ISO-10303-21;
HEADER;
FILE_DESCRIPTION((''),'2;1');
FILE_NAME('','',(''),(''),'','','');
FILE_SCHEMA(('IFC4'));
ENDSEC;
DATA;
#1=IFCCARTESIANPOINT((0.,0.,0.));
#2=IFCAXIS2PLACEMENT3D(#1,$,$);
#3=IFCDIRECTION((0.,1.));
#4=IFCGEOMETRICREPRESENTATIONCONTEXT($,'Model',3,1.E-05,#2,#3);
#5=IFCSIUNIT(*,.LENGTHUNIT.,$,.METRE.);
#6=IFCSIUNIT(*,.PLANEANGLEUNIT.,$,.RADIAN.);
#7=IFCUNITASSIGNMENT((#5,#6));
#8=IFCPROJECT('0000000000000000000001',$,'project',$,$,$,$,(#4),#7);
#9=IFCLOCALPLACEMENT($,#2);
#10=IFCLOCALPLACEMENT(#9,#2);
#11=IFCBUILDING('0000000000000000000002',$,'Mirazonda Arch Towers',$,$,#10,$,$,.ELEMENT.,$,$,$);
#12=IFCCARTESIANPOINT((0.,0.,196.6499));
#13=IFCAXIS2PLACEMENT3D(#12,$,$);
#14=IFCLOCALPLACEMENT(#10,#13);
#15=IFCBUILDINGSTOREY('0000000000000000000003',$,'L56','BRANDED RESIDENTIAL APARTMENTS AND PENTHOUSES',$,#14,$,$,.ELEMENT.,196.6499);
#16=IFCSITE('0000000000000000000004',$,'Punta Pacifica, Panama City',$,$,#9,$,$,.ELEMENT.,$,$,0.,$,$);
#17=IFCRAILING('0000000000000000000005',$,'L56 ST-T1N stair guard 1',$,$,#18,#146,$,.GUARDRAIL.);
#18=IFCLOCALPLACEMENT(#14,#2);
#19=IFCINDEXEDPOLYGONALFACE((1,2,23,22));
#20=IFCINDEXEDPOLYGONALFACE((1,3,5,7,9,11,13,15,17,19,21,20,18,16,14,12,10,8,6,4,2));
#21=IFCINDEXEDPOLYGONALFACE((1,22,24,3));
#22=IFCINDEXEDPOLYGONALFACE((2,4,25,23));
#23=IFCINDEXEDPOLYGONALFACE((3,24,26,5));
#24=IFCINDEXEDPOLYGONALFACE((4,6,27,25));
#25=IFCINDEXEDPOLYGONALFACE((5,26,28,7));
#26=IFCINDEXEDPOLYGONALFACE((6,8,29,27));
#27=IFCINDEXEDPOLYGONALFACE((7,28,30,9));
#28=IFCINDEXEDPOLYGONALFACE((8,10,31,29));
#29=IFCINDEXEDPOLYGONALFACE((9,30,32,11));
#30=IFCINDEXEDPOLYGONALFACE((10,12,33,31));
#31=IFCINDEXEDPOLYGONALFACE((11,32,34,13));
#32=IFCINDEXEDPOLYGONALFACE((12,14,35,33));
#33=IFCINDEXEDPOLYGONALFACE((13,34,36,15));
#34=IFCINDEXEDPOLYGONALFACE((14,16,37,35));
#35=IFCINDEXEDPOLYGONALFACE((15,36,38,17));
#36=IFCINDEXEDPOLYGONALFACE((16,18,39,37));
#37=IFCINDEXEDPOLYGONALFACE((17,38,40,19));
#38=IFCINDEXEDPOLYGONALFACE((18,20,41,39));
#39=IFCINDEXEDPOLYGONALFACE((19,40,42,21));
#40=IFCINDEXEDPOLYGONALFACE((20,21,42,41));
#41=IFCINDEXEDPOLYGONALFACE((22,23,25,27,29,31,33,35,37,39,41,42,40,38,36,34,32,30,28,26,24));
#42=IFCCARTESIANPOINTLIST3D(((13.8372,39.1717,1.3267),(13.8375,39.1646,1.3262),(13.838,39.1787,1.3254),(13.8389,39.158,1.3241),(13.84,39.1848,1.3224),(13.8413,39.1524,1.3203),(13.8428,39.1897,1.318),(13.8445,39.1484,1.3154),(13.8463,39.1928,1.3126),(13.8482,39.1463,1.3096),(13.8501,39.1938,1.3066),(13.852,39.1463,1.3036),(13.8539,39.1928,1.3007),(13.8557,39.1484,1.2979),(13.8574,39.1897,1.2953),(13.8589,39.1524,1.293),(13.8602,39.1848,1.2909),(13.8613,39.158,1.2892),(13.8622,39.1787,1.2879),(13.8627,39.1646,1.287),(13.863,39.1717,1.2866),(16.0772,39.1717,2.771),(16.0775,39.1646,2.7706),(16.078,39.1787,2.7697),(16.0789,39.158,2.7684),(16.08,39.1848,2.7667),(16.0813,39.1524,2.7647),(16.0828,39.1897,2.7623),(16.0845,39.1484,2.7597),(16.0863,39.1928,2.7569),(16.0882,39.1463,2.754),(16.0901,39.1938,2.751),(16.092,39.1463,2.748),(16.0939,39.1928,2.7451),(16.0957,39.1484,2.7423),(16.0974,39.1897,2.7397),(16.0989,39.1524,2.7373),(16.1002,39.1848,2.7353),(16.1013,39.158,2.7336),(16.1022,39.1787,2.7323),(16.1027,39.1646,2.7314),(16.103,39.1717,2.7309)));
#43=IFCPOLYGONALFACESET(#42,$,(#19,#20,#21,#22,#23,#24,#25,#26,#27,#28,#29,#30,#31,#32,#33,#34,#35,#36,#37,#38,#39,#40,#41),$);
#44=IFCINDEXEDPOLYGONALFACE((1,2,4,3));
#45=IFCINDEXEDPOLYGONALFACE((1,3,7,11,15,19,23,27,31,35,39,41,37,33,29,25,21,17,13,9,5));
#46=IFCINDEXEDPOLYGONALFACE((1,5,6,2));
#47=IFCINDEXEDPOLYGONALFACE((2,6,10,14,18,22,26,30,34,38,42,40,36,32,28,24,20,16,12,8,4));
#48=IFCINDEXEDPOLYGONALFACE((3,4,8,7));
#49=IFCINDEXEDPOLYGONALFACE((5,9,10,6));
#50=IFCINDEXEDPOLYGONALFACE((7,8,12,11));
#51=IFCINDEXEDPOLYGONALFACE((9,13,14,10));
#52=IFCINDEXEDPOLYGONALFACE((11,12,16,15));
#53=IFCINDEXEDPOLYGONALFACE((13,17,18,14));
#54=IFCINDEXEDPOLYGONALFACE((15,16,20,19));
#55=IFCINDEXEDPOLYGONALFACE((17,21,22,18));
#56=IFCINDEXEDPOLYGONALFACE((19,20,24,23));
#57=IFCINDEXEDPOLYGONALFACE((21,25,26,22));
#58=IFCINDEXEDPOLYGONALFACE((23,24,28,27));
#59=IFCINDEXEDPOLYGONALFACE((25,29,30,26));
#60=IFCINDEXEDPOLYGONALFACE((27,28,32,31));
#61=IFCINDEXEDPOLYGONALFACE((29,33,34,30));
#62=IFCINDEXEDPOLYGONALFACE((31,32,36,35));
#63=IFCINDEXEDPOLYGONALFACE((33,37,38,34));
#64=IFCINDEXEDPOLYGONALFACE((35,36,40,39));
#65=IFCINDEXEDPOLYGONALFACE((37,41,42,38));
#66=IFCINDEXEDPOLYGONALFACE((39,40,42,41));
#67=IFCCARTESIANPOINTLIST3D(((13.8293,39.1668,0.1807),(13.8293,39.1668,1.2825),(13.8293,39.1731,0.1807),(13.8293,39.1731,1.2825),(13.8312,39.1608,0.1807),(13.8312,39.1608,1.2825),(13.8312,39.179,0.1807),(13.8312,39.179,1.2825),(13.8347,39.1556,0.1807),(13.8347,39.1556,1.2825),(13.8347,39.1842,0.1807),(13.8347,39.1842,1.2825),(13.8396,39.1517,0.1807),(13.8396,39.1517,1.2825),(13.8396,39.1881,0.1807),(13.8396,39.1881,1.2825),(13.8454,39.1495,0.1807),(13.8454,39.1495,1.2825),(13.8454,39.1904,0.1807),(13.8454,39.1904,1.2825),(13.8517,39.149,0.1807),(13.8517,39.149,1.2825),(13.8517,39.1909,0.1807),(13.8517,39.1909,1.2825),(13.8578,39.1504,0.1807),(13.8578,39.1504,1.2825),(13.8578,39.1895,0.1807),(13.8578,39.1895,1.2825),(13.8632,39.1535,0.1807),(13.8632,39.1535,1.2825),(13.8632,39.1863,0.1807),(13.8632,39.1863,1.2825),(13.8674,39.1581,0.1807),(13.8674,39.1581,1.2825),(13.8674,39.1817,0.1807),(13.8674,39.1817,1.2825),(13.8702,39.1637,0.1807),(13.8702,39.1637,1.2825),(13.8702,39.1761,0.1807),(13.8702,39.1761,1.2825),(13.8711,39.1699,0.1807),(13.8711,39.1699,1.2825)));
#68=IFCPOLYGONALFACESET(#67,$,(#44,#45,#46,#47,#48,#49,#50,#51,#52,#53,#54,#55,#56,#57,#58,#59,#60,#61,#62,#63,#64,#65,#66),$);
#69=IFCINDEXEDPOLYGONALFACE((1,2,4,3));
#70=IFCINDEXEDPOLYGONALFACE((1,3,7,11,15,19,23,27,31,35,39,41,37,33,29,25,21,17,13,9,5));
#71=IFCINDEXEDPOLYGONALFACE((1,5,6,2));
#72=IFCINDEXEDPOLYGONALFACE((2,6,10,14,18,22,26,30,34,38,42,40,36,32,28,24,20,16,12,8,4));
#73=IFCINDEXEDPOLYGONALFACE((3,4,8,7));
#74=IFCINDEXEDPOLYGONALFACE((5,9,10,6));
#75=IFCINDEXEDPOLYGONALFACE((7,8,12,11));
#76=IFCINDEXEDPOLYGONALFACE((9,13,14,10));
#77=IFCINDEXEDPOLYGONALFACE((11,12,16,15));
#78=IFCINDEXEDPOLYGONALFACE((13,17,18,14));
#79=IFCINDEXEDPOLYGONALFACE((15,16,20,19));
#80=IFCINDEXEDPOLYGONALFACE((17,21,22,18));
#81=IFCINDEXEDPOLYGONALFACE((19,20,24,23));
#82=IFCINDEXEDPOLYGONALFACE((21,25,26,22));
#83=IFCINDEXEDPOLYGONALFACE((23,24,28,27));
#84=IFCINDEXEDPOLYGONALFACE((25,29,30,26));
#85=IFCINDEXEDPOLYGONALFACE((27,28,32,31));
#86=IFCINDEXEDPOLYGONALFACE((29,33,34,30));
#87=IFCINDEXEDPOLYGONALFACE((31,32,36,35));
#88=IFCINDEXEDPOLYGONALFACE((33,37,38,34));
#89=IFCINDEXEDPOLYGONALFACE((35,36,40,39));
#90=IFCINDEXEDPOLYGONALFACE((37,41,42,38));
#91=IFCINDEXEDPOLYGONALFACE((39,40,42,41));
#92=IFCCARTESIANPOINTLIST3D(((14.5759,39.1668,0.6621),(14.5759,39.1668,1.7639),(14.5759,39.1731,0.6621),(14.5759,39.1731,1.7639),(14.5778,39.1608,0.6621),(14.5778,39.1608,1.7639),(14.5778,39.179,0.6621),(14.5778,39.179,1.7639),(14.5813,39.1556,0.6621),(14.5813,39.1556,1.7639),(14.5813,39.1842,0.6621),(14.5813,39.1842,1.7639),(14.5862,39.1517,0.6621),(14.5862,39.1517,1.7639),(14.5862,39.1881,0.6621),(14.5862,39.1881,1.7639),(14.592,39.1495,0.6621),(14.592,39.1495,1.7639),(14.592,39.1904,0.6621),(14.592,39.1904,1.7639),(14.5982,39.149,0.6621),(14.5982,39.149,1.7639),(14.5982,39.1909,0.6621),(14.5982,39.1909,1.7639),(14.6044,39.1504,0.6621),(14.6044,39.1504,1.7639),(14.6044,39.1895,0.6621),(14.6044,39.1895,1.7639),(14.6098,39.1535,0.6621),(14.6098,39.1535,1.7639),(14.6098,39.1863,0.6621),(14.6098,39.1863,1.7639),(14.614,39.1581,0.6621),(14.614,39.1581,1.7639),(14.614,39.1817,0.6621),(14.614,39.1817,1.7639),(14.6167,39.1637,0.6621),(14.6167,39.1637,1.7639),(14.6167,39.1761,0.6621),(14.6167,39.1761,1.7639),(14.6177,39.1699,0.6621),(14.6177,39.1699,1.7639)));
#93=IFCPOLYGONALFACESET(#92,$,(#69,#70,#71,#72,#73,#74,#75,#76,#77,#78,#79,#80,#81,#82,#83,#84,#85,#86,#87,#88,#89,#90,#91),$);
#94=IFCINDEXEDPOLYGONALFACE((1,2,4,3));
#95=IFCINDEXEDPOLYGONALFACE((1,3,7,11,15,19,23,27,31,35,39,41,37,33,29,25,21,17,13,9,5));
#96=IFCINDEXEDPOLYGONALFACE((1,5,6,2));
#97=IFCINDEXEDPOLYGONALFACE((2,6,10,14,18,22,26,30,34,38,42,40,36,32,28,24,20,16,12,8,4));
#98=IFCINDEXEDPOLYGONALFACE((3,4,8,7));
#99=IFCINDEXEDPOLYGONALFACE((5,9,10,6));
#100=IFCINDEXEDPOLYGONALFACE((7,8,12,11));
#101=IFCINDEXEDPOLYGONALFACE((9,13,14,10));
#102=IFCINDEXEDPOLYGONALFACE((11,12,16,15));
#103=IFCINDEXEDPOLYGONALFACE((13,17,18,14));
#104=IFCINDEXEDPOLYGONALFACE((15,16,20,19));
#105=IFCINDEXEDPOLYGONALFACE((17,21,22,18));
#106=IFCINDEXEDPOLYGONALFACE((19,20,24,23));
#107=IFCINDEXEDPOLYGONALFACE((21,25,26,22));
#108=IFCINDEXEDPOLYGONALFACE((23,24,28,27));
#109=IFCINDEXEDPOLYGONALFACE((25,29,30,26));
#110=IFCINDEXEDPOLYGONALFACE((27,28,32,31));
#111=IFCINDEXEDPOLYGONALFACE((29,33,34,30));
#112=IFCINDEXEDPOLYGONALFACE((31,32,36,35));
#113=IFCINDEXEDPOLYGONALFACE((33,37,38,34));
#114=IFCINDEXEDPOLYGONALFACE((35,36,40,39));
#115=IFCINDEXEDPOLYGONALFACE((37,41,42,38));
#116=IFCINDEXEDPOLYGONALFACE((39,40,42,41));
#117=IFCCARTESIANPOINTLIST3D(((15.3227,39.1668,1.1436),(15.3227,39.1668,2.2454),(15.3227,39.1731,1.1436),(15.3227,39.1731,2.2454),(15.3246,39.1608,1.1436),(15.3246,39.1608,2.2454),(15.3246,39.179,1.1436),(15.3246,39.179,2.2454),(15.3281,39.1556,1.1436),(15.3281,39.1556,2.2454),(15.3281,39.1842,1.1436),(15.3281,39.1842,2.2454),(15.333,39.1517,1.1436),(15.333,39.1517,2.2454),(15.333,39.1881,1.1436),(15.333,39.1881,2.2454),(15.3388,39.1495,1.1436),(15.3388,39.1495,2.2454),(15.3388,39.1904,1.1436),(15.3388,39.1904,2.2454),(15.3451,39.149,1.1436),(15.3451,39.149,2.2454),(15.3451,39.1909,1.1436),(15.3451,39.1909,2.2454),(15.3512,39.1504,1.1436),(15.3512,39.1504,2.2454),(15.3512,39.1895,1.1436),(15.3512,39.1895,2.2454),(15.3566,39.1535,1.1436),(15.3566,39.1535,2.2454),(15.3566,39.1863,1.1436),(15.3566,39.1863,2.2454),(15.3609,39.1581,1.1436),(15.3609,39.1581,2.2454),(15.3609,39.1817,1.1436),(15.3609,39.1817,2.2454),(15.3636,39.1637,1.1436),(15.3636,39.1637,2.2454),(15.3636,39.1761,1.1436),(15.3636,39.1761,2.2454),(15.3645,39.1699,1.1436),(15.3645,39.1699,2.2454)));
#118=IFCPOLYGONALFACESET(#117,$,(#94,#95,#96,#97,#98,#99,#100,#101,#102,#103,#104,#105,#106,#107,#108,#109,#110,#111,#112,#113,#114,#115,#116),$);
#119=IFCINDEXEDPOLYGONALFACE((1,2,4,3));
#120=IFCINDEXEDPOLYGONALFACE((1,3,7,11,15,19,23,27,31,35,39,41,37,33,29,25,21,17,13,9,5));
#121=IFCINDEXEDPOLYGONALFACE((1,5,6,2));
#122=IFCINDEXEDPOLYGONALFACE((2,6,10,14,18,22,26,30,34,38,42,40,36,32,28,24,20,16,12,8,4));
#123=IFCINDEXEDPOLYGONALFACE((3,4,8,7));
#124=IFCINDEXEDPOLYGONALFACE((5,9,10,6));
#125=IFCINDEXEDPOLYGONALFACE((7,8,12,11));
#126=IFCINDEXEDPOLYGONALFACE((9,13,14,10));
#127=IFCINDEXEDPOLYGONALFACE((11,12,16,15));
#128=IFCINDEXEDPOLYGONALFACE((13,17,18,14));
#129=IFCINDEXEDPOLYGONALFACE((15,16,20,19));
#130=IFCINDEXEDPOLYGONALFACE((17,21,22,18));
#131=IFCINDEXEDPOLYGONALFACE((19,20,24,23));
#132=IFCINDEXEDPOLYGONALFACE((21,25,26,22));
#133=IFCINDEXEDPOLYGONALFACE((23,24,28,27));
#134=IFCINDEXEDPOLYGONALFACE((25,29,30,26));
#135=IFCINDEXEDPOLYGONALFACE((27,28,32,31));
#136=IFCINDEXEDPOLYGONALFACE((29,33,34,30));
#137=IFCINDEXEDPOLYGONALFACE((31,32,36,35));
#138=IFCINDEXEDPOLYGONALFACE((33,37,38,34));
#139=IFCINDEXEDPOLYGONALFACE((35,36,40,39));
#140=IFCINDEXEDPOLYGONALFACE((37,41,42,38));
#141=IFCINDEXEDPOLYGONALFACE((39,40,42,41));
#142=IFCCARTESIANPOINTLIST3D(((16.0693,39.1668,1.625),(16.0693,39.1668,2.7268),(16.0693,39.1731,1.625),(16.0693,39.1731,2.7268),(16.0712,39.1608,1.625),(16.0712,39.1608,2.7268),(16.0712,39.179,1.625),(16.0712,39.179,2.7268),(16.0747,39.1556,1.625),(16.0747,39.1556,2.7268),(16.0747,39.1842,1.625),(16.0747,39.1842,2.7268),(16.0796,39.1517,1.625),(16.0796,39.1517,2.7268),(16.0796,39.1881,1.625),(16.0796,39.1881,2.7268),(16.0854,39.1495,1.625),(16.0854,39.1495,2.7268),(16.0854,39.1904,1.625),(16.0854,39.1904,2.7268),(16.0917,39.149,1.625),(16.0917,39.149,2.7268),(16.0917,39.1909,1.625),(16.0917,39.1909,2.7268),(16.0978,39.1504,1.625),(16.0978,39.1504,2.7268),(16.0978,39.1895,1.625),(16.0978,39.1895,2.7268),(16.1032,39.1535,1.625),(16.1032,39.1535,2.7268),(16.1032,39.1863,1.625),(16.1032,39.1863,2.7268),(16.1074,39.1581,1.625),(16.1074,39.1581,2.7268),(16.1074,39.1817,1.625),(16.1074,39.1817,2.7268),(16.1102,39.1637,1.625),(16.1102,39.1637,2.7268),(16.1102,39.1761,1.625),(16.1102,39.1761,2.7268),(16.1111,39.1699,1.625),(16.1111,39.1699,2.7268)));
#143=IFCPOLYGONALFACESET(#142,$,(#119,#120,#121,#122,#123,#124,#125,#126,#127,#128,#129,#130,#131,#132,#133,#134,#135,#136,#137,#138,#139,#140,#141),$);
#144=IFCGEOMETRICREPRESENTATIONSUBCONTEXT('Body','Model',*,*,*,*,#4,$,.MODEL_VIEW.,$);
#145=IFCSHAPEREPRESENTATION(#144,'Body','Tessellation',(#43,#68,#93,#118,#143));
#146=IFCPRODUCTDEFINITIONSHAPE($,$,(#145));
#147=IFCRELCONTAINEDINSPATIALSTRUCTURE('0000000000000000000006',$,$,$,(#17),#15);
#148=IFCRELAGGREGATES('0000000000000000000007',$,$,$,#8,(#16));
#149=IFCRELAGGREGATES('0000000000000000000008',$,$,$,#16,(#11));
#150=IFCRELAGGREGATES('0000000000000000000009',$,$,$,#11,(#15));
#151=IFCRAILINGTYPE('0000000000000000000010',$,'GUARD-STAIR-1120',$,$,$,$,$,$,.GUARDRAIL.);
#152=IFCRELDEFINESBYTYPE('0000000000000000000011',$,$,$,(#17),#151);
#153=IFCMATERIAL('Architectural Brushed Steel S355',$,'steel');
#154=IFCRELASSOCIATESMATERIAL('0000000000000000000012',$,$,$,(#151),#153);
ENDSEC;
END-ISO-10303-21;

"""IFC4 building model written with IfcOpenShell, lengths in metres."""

from ifc_helpers import new_model, si_unit, direction, frame, origin, origin_2d, place, context, subcontext, project, spatial, circle, extrude, material, type_object, element, save


model = new_model("IFC4")

# Units and contexts
model_context = context("Model", 3, precision=1e-05, world=origin(), true_north=direction((0.0, 1.0)))
body_context = subcontext(model_context, "Body", "Model", "MODEL_VIEW")
ifc_project = project(units=[si_unit("LENGTHUNIT", "METRE"), si_unit("PLANEANGLEUNIT", "RADIAN")], contexts=[model_context])

# Site, building, storey
site_placement = place(None, origin())
site = spatial("IfcSite", under=ifc_project, at=site_placement, Name="Punta Pacifica, Panama City", CompositionType="ELEMENT", RefElevation=0.0)
building_placement = place(site_placement, origin())
building = spatial("IfcBuilding", under=site, at=building_placement, Name="Mirazonda Arch Towers", CompositionType="ELEMENT")
storey_placement = place(building_placement, frame((0.0, 0.0, 196.6499)))
storey = spatial("IfcBuildingStorey", under=building, at=storey_placement, Name="L56", Description="BRANDED RESIDENTIAL APARTMENTS AND PENTHOUSES", CompositionType="ELEMENT", Elevation=196.6499)

# Shared definitions
ifc_material_1 = material(Name="Architectural Brushed Steel S355", Category="steel")

# Railing
railing_type_1 = type_object("IfcRailingType", Name="GUARD-STAIR-1120", PredefinedType="GUARDRAIL", material=ifc_material_1)
railing_1_placement = place(storey_placement, frame((13.8501, 39.1699, 0.1807)))
element("IfcRailing", 1, at=railing_1_placement, inside=storey, type_object=railing_type_1, Name="L56 ST-T1N stair guard 1", PredefinedType="GUARDRAIL", context=body_context, shape_type="SweptSolid", body=[
    extrude(circle(Radius=0.0239, at=origin_2d()), frame((0.0, 0.0, 1.126), z_axis=(0.840437, 0.0, 0.54191), x_axis=(0.0, 1.0, 0.0)), (0.0, 0.0, 1.0), 2.6653),
    extrude(circle(Radius=0.021, at=origin_2d()), origin(), (0.0, 0.0, 1.0), 1.1018),
    extrude(circle(Radius=0.021, at=origin_2d()), frame((0.7466, 0.0, 0.4814)), (0.0, 0.0, 1.0), 1.1018),
    extrude(circle(Radius=0.021, at=origin_2d()), frame((1.4934, 0.0, 0.9629)), (0.0, 0.0, 1.0), 1.1018),
    extrude(circle(Radius=0.021, at=origin_2d()), frame((2.24, 0.0, 1.4443)), (0.0, 0.0, 1.0), 1.1018),
])

save(model, "model.ifc")
